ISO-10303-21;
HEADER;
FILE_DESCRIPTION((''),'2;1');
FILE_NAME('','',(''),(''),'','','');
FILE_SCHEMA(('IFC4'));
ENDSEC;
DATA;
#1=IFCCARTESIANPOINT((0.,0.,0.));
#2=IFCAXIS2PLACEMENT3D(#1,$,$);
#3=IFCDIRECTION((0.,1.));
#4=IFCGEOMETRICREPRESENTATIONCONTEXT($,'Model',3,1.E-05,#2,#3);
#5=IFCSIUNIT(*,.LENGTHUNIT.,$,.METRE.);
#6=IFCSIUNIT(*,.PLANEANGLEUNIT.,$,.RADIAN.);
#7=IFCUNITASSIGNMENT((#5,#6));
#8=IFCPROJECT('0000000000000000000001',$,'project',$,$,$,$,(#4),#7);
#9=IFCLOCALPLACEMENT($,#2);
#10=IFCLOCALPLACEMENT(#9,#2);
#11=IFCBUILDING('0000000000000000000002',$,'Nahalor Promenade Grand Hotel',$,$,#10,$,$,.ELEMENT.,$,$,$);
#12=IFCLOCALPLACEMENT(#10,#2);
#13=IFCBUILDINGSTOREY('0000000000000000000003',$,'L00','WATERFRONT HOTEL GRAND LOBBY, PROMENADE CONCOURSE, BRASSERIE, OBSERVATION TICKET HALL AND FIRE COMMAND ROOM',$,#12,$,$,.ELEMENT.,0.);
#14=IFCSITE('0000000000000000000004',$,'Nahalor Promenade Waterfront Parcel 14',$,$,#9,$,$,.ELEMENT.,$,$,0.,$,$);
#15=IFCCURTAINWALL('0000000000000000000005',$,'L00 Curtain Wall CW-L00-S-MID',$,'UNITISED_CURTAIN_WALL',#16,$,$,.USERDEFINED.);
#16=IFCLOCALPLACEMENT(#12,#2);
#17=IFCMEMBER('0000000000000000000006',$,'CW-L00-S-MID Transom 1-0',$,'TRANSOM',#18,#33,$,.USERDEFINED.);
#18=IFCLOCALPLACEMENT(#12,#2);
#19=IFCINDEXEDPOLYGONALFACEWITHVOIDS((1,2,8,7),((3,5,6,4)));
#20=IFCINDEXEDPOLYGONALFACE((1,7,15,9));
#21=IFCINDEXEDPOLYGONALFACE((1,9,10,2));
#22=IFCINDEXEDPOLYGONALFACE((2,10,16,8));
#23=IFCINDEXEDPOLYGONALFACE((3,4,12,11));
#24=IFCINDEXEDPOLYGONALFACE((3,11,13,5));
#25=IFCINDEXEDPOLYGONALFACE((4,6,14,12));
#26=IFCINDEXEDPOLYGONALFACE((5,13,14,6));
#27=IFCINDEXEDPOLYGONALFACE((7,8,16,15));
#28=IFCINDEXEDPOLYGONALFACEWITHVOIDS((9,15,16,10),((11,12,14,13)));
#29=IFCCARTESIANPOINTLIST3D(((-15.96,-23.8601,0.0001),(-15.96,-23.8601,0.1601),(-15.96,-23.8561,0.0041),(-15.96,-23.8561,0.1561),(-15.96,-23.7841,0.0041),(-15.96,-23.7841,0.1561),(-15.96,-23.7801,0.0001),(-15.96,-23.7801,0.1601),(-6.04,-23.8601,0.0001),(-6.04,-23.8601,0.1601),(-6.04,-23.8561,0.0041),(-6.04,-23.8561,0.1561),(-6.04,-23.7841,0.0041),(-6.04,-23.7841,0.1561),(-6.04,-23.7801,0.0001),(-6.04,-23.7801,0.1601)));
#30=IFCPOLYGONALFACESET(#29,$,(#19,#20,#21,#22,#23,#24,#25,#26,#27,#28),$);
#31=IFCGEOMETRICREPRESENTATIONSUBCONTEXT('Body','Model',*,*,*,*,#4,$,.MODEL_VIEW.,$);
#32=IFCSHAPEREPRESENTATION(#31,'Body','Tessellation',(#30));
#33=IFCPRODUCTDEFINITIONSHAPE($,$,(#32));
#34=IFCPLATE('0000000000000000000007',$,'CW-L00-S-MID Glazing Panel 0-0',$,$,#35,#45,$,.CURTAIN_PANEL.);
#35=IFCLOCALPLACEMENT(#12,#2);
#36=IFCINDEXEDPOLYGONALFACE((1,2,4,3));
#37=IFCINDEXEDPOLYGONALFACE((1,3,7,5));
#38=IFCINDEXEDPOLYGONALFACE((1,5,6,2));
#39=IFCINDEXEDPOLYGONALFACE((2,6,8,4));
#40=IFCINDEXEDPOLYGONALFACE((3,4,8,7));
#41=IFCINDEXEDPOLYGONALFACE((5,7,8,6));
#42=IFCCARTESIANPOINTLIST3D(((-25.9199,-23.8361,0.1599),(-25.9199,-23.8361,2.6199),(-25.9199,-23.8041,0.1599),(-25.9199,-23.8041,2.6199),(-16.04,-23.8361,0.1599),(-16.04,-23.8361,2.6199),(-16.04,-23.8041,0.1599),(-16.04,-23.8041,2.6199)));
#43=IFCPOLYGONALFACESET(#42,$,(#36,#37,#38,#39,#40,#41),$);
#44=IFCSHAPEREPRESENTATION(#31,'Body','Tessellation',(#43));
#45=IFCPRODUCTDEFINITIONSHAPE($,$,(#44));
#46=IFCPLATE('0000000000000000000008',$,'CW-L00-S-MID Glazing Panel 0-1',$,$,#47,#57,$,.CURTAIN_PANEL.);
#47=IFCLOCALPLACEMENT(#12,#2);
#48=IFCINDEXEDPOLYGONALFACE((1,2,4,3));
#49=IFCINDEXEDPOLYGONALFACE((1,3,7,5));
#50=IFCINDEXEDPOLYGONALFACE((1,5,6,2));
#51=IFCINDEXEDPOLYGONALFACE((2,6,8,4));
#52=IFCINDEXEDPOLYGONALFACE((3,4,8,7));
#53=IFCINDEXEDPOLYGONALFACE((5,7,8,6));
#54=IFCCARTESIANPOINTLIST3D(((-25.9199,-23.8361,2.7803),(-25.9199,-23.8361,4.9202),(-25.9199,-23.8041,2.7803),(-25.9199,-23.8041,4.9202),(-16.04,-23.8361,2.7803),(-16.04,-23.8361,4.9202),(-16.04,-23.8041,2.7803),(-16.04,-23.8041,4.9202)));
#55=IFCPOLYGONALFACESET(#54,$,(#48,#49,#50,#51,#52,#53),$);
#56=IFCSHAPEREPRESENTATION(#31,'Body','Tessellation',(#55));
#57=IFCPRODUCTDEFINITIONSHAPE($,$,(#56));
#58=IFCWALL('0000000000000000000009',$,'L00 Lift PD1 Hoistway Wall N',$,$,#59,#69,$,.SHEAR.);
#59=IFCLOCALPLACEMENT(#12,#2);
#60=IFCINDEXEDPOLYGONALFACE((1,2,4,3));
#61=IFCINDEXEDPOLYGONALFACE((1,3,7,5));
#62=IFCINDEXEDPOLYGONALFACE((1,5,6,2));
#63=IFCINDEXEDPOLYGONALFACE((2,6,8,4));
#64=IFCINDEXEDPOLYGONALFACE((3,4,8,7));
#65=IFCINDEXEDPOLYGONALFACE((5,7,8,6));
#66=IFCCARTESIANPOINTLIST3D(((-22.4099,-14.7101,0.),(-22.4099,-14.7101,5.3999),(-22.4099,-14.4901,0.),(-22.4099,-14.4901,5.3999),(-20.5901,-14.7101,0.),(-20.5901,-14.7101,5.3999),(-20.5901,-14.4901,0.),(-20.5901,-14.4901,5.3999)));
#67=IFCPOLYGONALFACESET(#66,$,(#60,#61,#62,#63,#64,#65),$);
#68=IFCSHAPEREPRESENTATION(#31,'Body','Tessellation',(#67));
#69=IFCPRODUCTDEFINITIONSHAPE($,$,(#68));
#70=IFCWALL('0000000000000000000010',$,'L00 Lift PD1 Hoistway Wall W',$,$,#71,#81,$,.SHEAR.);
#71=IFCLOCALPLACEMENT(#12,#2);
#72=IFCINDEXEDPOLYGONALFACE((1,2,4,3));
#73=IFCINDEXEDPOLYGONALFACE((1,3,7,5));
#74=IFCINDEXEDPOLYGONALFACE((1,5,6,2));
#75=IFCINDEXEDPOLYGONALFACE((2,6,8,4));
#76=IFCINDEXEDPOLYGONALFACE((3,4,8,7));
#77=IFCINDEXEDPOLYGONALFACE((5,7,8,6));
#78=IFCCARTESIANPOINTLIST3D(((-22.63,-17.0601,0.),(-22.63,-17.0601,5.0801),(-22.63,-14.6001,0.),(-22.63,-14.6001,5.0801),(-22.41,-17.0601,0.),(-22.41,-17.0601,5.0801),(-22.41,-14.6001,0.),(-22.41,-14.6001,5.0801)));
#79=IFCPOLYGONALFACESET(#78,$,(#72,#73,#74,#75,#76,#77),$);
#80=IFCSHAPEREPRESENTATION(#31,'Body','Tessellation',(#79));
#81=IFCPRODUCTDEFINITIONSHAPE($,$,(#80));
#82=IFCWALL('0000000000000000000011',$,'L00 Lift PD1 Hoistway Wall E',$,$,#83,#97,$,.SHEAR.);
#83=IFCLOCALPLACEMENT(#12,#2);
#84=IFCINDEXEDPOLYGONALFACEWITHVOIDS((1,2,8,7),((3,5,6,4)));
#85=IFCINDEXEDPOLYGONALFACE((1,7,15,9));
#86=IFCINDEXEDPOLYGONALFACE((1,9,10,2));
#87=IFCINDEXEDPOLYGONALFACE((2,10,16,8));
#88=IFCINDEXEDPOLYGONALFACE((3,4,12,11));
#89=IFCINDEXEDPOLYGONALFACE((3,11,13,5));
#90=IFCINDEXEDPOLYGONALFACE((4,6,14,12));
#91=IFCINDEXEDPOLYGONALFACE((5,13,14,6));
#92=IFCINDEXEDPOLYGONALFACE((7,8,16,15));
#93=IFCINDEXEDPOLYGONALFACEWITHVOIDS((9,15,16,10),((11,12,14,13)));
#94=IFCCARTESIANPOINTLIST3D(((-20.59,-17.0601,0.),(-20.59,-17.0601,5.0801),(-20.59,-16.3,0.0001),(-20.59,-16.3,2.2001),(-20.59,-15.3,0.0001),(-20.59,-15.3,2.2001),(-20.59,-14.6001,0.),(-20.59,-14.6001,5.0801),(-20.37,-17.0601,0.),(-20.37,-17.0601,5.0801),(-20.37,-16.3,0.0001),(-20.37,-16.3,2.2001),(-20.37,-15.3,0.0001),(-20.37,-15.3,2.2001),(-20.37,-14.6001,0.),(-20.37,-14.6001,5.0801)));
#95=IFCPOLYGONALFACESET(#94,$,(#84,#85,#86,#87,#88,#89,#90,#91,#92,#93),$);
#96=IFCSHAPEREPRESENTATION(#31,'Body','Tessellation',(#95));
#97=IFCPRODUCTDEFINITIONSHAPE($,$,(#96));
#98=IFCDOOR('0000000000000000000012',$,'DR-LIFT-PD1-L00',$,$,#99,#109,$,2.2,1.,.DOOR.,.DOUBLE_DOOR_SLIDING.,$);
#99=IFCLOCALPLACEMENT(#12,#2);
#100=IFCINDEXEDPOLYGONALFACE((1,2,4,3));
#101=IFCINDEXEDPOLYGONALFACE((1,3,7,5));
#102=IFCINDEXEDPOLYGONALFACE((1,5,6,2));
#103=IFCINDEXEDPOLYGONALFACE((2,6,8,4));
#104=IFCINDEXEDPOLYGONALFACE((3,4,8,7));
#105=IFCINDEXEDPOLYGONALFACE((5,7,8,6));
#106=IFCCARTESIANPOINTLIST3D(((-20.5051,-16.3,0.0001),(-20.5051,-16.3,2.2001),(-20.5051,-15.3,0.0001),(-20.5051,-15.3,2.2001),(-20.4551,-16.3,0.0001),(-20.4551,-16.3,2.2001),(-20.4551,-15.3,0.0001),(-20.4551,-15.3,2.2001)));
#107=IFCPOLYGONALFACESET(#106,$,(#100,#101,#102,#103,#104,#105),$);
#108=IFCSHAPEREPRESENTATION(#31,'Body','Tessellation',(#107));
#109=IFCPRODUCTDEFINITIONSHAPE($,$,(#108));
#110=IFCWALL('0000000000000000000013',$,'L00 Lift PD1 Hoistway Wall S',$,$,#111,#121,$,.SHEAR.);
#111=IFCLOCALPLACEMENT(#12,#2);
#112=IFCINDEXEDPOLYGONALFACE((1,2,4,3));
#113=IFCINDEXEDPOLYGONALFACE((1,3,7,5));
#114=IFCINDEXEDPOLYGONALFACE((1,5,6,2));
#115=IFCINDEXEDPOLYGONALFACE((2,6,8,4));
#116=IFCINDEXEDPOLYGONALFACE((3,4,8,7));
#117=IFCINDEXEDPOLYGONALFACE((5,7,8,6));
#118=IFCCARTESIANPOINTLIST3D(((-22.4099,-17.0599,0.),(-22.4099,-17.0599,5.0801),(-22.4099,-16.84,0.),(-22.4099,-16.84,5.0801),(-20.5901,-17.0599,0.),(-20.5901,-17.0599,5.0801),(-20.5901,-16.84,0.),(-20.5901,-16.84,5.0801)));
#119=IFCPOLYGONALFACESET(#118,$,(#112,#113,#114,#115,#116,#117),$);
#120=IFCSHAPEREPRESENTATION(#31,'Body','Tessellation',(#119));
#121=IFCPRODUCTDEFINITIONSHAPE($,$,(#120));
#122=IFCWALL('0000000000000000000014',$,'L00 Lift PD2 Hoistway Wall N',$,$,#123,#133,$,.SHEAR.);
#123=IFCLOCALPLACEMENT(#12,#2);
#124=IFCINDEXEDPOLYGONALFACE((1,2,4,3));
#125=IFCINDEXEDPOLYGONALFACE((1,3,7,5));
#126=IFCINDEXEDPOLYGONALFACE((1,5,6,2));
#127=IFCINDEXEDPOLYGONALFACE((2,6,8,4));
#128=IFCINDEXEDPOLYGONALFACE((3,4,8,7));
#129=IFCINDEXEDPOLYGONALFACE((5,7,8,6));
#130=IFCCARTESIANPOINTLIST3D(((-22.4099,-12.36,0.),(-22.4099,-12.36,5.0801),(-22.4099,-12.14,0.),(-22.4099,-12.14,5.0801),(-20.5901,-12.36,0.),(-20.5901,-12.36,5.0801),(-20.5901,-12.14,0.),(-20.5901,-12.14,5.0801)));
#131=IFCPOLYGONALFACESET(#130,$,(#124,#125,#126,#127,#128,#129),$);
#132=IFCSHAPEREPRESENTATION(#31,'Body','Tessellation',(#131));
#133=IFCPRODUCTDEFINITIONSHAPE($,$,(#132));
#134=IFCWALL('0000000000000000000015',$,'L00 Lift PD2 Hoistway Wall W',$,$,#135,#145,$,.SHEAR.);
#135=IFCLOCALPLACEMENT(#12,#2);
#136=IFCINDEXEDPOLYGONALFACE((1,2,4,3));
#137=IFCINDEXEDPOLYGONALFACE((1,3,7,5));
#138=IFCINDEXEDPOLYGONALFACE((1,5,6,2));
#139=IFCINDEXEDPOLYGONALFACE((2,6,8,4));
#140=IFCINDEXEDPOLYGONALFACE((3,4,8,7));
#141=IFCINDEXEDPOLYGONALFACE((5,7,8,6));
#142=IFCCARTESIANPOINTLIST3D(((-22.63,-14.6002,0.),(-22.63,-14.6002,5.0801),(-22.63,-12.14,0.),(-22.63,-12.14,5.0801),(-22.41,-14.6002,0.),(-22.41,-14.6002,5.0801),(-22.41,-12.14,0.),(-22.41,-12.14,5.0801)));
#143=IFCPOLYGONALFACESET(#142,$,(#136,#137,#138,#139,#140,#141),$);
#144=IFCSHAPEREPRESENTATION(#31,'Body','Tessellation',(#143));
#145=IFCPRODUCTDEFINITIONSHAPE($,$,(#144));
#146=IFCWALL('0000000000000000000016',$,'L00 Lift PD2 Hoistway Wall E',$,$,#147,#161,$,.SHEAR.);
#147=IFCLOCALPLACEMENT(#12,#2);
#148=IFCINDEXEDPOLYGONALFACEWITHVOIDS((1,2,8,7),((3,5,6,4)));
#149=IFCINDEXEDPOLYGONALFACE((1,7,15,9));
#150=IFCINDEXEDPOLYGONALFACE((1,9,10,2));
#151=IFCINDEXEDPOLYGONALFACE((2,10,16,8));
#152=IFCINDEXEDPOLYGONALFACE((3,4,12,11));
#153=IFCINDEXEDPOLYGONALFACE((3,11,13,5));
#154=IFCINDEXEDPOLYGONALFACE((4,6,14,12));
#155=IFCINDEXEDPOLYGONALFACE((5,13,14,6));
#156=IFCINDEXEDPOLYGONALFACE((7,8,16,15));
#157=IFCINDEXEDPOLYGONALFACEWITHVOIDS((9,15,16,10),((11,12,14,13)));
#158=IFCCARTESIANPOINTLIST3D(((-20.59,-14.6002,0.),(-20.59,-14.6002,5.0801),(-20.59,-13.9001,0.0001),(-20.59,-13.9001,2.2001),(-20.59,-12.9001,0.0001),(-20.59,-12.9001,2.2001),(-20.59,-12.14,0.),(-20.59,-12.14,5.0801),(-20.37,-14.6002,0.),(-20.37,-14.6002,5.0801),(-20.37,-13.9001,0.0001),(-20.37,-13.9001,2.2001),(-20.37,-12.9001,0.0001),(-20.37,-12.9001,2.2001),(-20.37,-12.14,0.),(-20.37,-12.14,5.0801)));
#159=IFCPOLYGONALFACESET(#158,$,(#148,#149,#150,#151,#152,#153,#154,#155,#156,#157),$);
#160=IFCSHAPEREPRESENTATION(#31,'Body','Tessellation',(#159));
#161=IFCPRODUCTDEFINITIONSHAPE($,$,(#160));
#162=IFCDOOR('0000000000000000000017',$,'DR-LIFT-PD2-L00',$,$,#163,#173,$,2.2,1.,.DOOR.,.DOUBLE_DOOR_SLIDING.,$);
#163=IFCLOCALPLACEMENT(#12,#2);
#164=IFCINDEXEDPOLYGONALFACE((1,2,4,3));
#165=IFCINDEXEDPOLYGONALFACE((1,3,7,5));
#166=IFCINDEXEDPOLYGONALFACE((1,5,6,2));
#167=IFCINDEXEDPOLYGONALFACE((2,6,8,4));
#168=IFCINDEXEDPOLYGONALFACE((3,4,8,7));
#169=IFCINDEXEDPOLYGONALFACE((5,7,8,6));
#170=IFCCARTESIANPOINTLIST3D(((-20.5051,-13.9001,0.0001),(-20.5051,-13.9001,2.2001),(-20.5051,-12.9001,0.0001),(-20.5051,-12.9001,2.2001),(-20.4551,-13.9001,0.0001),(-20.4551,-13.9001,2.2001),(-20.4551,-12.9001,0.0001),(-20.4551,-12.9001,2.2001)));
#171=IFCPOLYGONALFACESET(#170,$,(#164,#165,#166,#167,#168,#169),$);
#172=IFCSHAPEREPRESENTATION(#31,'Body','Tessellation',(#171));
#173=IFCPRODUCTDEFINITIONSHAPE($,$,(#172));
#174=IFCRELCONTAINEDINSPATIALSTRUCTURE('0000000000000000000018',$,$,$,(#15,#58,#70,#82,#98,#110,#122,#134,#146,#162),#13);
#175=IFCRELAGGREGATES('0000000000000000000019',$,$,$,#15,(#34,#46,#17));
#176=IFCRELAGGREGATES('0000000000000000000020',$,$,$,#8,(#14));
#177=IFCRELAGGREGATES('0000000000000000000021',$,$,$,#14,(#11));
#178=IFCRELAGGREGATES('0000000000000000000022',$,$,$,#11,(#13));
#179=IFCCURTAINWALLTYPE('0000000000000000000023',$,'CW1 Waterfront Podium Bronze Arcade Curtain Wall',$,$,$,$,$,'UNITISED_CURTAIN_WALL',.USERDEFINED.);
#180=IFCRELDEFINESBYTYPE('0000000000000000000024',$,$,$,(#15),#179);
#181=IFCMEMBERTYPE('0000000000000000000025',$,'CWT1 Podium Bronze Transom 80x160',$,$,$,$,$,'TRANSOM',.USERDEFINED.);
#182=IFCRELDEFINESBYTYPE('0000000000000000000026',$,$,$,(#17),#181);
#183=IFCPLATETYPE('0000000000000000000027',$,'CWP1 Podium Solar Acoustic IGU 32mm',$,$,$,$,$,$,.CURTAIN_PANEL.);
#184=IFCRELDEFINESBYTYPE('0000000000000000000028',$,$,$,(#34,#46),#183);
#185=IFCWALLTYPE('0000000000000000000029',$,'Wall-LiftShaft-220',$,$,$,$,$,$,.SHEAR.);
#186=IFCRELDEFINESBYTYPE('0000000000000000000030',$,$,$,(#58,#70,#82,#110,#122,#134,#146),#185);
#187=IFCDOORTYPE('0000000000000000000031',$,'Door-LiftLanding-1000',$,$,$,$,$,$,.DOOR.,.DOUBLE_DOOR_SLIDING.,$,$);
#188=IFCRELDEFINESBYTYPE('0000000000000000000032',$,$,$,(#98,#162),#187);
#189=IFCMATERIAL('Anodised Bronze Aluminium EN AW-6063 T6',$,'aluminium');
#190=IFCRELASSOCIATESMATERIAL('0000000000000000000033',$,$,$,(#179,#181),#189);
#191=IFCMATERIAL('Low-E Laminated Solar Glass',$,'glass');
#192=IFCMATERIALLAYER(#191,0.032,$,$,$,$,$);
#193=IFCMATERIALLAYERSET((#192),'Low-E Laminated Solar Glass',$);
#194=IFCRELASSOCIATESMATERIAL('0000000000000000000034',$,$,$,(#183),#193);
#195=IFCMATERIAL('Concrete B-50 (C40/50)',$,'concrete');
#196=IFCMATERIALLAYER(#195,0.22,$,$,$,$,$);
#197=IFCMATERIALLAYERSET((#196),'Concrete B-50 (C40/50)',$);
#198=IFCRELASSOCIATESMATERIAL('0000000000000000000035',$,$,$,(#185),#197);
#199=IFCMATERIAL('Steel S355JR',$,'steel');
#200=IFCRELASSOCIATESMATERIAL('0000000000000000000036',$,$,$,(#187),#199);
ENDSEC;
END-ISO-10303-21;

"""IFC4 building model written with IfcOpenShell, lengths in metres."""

from ifc_helpers import new_model, si_unit, direction, frame, frame_2d, origin, origin_2d, place, context, subcontext, project, spatial, rectangle, hollow_rectangle, extrude, source, transform, mapped, material, layer, layer_set, material_profile, profile_set, type_object, element, fill, aggregate, save


model = new_model("IFC4")

# Units and contexts
model_context = context("Model", 3, precision=1e-05, world=origin(), true_north=direction((0.0, 1.0)))
body_context = subcontext(model_context, "Body", "Model", "MODEL_VIEW")
ifc_project = project(units=[si_unit("LENGTHUNIT", "METRE"), si_unit("PLANEANGLEUNIT", "RADIAN")], contexts=[model_context])

# Site, building, storey
site_placement = place(None, origin())
site = spatial("IfcSite", under=ifc_project, at=site_placement, Name="Nahalor Promenade Waterfront Parcel 14", CompositionType="ELEMENT", RefElevation=0.0)
building_placement = place(site_placement, origin())
building = spatial("IfcBuilding", under=site, at=building_placement, Name="Nahalor Promenade Grand Hotel", CompositionType="ELEMENT")
storey_placement = place(building_placement, origin())
storey = spatial("IfcBuildingStorey", under=building, at=storey_placement, Name="L00", Description="WATERFRONT HOTEL GRAND LOBBY, PROMENADE CONCOURSE, BRASSERIE, OBSERVATION TICKET HALL AND FIRE COMMAND ROOM", CompositionType="ELEMENT", Elevation=0.0)

# Shared definitions
ifc_material_1 = material(Name="Steel S355JR", Category="steel")

# Curtain wall, member, plates
ifc_material_2 = material(Name="Anodised Bronze Aluminium EN AW-6063 T6", Category="aluminium")
curtain_wall_type = type_object("IfcCurtainWallType", Name="CW1 Waterfront Podium Bronze Arcade Curtain Wall", ElementType="UNITISED_CURTAIN_WALL", PredefinedType="USERDEFINED", material=ifc_material_2)
curtain_wall_placement = place(storey_placement, origin())
curtain_wall = element("IfcCurtainWall", 1, at=curtain_wall_placement, inside=storey, type_object=curtain_wall_type, Name="L00 Curtain Wall CW-L00-S-MID", ObjectType="UNITISED_CURTAIN_WALL", PredefinedType="USERDEFINED")
ifc_material_profile_1 = material_profile(ifc_material_2, hollow_rectangle(XDim=0.08, YDim=0.16, WallThickness=0.004, at=origin_2d()), Name="CWT 80x160x4")
ifc_profile_set_1 = profile_set([ifc_material_profile_1], Name="Anodised Bronze Aluminium EN AW-6063 T6")
member_type_1 = type_object("IfcMemberType", Name="CWT1 Podium Bronze Transom 80x160", ElementType="TRANSOM", PredefinedType="USERDEFINED", material=ifc_profile_set_1)
shared_shape_1 = source(origin(), body_context, "Body", "SweptSolid", [
    extrude(hollow_rectangle(XDim=0.08, YDim=0.16, WallThickness=0.004, at=origin_2d()), origin(), (0.0, 0.0, 1.0), 9.9199),
])
member_1_placement = place(storey_placement, frame((-15.96, -23.8201, 0.0801), z_axis=(1.0, 0.0, 0.0), x_axis=(0.0, 1.0, 0.0)))
member_1 = element("IfcMember", 2, at=member_1_placement, type_object=member_type_1, Name="CW-L00-S-MID Transom 1-0", ObjectType="TRANSOM", PredefinedType="USERDEFINED", context=body_context, shape_type="MappedRepresentation", body=[
    mapped(shared_shape_1, transform((0.0, 0.0, 0.0), scale=1.0)),
])
ifc_material_3 = material(Name="Low-E Laminated Solar Glass", Category="glass")
ifc_layer_1 = layer(ifc_material_3, 0.032)
ifc_layer_set_1 = layer_set([ifc_layer_1], Name="Low-E Laminated Solar Glass")
plate_type = type_object("IfcPlateType", Name="CWP1 Podium Solar Acoustic IGU 32mm", PredefinedType="CURTAIN_PANEL", material=ifc_layer_set_1)
shared_shape_2 = source(origin(), body_context, "Body", "SweptSolid", [
    extrude(rectangle(XDim=9.8799, YDim=0.032, at=origin_2d()), origin(), (0.0, 0.0, 1.0), 2.46),
])
plate_1_placement = place(storey_placement, frame((-20.98, -23.8201, 0.1599), z_axis=(0.0, 0.0, 1.0), x_axis=(1.0, 0.0, 0.0)))
plate_1 = element("IfcPlate", 3, at=plate_1_placement, type_object=plate_type, Name="CW-L00-S-MID Glazing Panel 0-0", PredefinedType="CURTAIN_PANEL", context=body_context, shape_type="MappedRepresentation", body=[
    mapped(shared_shape_2, transform((0.0, 0.0, 0.0), scale=1.0)),
])
shared_shape_3 = source(origin(), body_context, "Body", "SweptSolid", [
    extrude(rectangle(XDim=9.8799, YDim=0.032, at=origin_2d()), origin(), (0.0, 0.0, 1.0), 2.1399),
])
plate_2_placement = place(storey_placement, frame((-20.98, -23.8201, 2.7803), z_axis=(0.0, 0.0, 1.0), x_axis=(1.0, 0.0, 0.0)))
plate_2 = element("IfcPlate", 4, at=plate_2_placement, type_object=plate_type, Name="CW-L00-S-MID Glazing Panel 0-1", PredefinedType="CURTAIN_PANEL", context=body_context, shape_type="MappedRepresentation", body=[
    mapped(shared_shape_3, transform((0.0, 0.0, 0.0), scale=1.0)),
])
aggregate(curtain_wall, [plate_1, plate_2, member_1])

# Walls
ifc_material_4 = material(Name="Concrete B-50 (C40/50)", Category="concrete")
ifc_layer_2 = layer(ifc_material_4, 0.22)
ifc_layer_set_2 = layer_set([ifc_layer_2], Name="Concrete B-50 (C40/50)")
wall_type_1 = type_object("IfcWallType", Name="Wall-LiftShaft-220", PredefinedType="SHEAR", material=ifc_layer_set_2)
shared_shape_4 = source(origin(), body_context, "Body", "SweptSolid", [
    extrude(rectangle(XDim=1.8198, YDim=0.22, at=frame_2d((0.9099, 0.0))), origin(), (0.0, 0.0, 1.0), 5.3999),
])
wall_1_placement = place(storey_placement, frame((-22.4099, -14.6001, 0.0), z_axis=(0.0, 0.0, 1.0), x_axis=(1.0, 0.0, 0.0)))
element("IfcWall", 5, at=wall_1_placement, inside=storey, type_object=wall_type_1, Name="L00 Lift PD1 Hoistway Wall N", PredefinedType="SHEAR", context=body_context, shape_type="MappedRepresentation", body=[
    mapped(shared_shape_4, transform((0.0, 0.0, 0.0), scale=1.0)),
])
shared_shape_5 = source(origin(), body_context, "Body", "SweptSolid", [
    extrude(rectangle(XDim=2.46, YDim=0.22, at=frame_2d((1.23, 0.0))), origin(), (0.0, 0.0, 1.0), 5.0801),
])
wall_2_placement = place(storey_placement, frame((-22.52, -17.0601, 0.0), z_axis=(0.0, 0.0, 1.0), x_axis=(0.0, 1.0, 0.0)))
element("IfcWall", 6, at=wall_2_placement, inside=storey, type_object=wall_type_1, Name="L00 Lift PD1 Hoistway Wall W", PredefinedType="SHEAR", context=body_context, shape_type="MappedRepresentation", body=[
    mapped(shared_shape_5, transform((0.0, 0.0, 0.0), scale=1.0)),
])

# Wall, opening, door
wall_3_placement = place(storey_placement, frame((-20.48, -17.0601, 0.0), z_axis=(0.0, 0.0, 1.0), x_axis=(0.0, 1.0, 0.0)))
wall_3 = element("IfcWall", 7, at=wall_3_placement, inside=storey, type_object=wall_type_1, Name="L00 Lift PD1 Hoistway Wall E", PredefinedType="SHEAR", context=body_context, shape_type="MappedRepresentation", body=[
    mapped(shared_shape_5, transform((0.0, 0.0, 0.0), scale=1.0)),
])
opening_1_placement = place(wall_3_placement, frame((0.76, 0.0, 0.0)))
opening_1 = element("IfcOpeningElement", 8, at=opening_1_placement, cuts=wall_3, PredefinedType="OPENING", context=body_context, shape_type="SweptSolid", body=[
    extrude(rectangle(XDim=1.0, YDim=2.2, at=frame_2d((0.5, 1.1001))), frame((0.0, 0.1199, 0.0), z_axis=(0.0, -1.0, 0.0), x_axis=(1.0, 0.0, 0.0)), (0.0, 0.0, 1.0), 0.24),
])
door_type_1 = type_object("IfcDoorType", Name="Door-LiftLanding-1000", OperationType="DOUBLE_DOOR_SLIDING", PredefinedType="DOOR", material=ifc_material_1)
shared_shape_6 = source(origin(), body_context, "Body", "SweptSolid", [
    extrude(rectangle(XDim=1.0, YDim=2.2, at=frame_2d((0.5, 1.1001))), frame((0.0, 0.0249, 0.0), z_axis=(0.0, -1.0, 0.0), x_axis=(1.0, 0.0, 0.0)), (0.0, 0.0, 1.0), 0.05),
])
door_1_placement = place(opening_1_placement, frame((1.0, 0.0, 0.0), z_axis=(0.0, 0.0, 1.0), x_axis=(-1.0, 0.0, 0.0)))
door_1 = element("IfcDoor", 9, at=door_1_placement, inside=storey, type_object=door_type_1, Name="DR-LIFT-PD1-L00", OperationType="DOUBLE_DOOR_SLIDING", OverallHeight=2.2, OverallWidth=1.0, PredefinedType="DOOR", context=body_context, shape_type="MappedRepresentation", body=[
    mapped(shared_shape_6, transform((0.0, 0.0, 0.0), scale=1.0)),
])
fill(opening_1, door_1)

# Walls
shared_shape_7 = source(origin(), body_context, "Body", "SweptSolid", [
    extrude(rectangle(XDim=1.8198, YDim=0.22, at=frame_2d((0.9099, 0.0))), origin(), (0.0, 0.0, 1.0), 5.0801),
])
for number, where, z_axis, x_axis, name in (
    (10, (-22.4099, -16.95, 0.0), (0.0, 0.0, 1.0), (1.0, 0.0, 0.0), "L00 Lift PD1 Hoistway Wall S"),
    (11, (-22.4099, -12.25, 0.0), (0.0, 0.0, 1.0), (1.0, 0.0, 0.0), "L00 Lift PD2 Hoistway Wall N"),
):
    element("IfcWall", number, at=place(storey_placement, frame(where, z_axis=z_axis, x_axis=x_axis)), inside=storey, type_object=wall_type_1, Name=name, PredefinedType="SHEAR", context=body_context, shape_type="MappedRepresentation", body=[
        mapped(shared_shape_7, transform((0.0, 0.0, 0.0), scale=1.0)),
    ])
shared_shape_8 = source(origin(), body_context, "Body", "SweptSolid", [
    extrude(rectangle(XDim=2.4602, YDim=0.22, at=frame_2d((1.23, 0.0))), origin(), (0.0, 0.0, 1.0), 5.0801),
])
wall_4_placement = place(storey_placement, frame((-22.52, -14.6001, 0.0), z_axis=(0.0, 0.0, 1.0), x_axis=(0.0, 1.0, 0.0)))
element("IfcWall", 12, at=wall_4_placement, inside=storey, type_object=wall_type_1, Name="L00 Lift PD2 Hoistway Wall W", PredefinedType="SHEAR", context=body_context, shape_type="MappedRepresentation", body=[
    mapped(shared_shape_8, transform((0.0, 0.0, 0.0), scale=1.0)),
])

# Wall, opening, door
wall_5_placement = place(storey_placement, frame((-20.48, -14.6001, 0.0), z_axis=(0.0, 0.0, 1.0), x_axis=(0.0, 1.0, 0.0)))
wall_5 = element("IfcWall", 13, at=wall_5_placement, inside=storey, type_object=wall_type_1, Name="L00 Lift PD2 Hoistway Wall E", PredefinedType="SHEAR", context=body_context, shape_type="MappedRepresentation", body=[
    mapped(shared_shape_8, transform((0.0, 0.0, 0.0), scale=1.0)),
])
opening_2_placement = place(wall_5_placement, frame((0.7, 0.0, 0.0)))
opening_2 = element("IfcOpeningElement", 14, at=opening_2_placement, cuts=wall_5, PredefinedType="OPENING", context=body_context, shape_type="SweptSolid", body=[
    extrude(rectangle(XDim=1.0, YDim=2.2, at=frame_2d((0.5, 1.1001))), frame((0.0, 0.1199, 0.0), z_axis=(0.0, -1.0, 0.0), x_axis=(1.0, 0.0, 0.0)), (0.0, 0.0, 1.0), 0.24),
])
door_2_placement = place(opening_2_placement, frame((1.0, 0.0, 0.0), z_axis=(0.0, 0.0, 1.0), x_axis=(-1.0, 0.0, 0.0)))
door_2 = element("IfcDoor", 15, at=door_2_placement, inside=storey, type_object=door_type_1, Name="DR-LIFT-PD2-L00", OperationType="DOUBLE_DOOR_SLIDING", OverallHeight=2.2, OverallWidth=1.0, PredefinedType="DOOR", context=body_context, shape_type="MappedRepresentation", body=[
    mapped(shared_shape_6, transform((0.0, 0.0, 0.0), scale=1.0)),
])
fill(opening_2, door_2)

save(model, "model.ifc")
